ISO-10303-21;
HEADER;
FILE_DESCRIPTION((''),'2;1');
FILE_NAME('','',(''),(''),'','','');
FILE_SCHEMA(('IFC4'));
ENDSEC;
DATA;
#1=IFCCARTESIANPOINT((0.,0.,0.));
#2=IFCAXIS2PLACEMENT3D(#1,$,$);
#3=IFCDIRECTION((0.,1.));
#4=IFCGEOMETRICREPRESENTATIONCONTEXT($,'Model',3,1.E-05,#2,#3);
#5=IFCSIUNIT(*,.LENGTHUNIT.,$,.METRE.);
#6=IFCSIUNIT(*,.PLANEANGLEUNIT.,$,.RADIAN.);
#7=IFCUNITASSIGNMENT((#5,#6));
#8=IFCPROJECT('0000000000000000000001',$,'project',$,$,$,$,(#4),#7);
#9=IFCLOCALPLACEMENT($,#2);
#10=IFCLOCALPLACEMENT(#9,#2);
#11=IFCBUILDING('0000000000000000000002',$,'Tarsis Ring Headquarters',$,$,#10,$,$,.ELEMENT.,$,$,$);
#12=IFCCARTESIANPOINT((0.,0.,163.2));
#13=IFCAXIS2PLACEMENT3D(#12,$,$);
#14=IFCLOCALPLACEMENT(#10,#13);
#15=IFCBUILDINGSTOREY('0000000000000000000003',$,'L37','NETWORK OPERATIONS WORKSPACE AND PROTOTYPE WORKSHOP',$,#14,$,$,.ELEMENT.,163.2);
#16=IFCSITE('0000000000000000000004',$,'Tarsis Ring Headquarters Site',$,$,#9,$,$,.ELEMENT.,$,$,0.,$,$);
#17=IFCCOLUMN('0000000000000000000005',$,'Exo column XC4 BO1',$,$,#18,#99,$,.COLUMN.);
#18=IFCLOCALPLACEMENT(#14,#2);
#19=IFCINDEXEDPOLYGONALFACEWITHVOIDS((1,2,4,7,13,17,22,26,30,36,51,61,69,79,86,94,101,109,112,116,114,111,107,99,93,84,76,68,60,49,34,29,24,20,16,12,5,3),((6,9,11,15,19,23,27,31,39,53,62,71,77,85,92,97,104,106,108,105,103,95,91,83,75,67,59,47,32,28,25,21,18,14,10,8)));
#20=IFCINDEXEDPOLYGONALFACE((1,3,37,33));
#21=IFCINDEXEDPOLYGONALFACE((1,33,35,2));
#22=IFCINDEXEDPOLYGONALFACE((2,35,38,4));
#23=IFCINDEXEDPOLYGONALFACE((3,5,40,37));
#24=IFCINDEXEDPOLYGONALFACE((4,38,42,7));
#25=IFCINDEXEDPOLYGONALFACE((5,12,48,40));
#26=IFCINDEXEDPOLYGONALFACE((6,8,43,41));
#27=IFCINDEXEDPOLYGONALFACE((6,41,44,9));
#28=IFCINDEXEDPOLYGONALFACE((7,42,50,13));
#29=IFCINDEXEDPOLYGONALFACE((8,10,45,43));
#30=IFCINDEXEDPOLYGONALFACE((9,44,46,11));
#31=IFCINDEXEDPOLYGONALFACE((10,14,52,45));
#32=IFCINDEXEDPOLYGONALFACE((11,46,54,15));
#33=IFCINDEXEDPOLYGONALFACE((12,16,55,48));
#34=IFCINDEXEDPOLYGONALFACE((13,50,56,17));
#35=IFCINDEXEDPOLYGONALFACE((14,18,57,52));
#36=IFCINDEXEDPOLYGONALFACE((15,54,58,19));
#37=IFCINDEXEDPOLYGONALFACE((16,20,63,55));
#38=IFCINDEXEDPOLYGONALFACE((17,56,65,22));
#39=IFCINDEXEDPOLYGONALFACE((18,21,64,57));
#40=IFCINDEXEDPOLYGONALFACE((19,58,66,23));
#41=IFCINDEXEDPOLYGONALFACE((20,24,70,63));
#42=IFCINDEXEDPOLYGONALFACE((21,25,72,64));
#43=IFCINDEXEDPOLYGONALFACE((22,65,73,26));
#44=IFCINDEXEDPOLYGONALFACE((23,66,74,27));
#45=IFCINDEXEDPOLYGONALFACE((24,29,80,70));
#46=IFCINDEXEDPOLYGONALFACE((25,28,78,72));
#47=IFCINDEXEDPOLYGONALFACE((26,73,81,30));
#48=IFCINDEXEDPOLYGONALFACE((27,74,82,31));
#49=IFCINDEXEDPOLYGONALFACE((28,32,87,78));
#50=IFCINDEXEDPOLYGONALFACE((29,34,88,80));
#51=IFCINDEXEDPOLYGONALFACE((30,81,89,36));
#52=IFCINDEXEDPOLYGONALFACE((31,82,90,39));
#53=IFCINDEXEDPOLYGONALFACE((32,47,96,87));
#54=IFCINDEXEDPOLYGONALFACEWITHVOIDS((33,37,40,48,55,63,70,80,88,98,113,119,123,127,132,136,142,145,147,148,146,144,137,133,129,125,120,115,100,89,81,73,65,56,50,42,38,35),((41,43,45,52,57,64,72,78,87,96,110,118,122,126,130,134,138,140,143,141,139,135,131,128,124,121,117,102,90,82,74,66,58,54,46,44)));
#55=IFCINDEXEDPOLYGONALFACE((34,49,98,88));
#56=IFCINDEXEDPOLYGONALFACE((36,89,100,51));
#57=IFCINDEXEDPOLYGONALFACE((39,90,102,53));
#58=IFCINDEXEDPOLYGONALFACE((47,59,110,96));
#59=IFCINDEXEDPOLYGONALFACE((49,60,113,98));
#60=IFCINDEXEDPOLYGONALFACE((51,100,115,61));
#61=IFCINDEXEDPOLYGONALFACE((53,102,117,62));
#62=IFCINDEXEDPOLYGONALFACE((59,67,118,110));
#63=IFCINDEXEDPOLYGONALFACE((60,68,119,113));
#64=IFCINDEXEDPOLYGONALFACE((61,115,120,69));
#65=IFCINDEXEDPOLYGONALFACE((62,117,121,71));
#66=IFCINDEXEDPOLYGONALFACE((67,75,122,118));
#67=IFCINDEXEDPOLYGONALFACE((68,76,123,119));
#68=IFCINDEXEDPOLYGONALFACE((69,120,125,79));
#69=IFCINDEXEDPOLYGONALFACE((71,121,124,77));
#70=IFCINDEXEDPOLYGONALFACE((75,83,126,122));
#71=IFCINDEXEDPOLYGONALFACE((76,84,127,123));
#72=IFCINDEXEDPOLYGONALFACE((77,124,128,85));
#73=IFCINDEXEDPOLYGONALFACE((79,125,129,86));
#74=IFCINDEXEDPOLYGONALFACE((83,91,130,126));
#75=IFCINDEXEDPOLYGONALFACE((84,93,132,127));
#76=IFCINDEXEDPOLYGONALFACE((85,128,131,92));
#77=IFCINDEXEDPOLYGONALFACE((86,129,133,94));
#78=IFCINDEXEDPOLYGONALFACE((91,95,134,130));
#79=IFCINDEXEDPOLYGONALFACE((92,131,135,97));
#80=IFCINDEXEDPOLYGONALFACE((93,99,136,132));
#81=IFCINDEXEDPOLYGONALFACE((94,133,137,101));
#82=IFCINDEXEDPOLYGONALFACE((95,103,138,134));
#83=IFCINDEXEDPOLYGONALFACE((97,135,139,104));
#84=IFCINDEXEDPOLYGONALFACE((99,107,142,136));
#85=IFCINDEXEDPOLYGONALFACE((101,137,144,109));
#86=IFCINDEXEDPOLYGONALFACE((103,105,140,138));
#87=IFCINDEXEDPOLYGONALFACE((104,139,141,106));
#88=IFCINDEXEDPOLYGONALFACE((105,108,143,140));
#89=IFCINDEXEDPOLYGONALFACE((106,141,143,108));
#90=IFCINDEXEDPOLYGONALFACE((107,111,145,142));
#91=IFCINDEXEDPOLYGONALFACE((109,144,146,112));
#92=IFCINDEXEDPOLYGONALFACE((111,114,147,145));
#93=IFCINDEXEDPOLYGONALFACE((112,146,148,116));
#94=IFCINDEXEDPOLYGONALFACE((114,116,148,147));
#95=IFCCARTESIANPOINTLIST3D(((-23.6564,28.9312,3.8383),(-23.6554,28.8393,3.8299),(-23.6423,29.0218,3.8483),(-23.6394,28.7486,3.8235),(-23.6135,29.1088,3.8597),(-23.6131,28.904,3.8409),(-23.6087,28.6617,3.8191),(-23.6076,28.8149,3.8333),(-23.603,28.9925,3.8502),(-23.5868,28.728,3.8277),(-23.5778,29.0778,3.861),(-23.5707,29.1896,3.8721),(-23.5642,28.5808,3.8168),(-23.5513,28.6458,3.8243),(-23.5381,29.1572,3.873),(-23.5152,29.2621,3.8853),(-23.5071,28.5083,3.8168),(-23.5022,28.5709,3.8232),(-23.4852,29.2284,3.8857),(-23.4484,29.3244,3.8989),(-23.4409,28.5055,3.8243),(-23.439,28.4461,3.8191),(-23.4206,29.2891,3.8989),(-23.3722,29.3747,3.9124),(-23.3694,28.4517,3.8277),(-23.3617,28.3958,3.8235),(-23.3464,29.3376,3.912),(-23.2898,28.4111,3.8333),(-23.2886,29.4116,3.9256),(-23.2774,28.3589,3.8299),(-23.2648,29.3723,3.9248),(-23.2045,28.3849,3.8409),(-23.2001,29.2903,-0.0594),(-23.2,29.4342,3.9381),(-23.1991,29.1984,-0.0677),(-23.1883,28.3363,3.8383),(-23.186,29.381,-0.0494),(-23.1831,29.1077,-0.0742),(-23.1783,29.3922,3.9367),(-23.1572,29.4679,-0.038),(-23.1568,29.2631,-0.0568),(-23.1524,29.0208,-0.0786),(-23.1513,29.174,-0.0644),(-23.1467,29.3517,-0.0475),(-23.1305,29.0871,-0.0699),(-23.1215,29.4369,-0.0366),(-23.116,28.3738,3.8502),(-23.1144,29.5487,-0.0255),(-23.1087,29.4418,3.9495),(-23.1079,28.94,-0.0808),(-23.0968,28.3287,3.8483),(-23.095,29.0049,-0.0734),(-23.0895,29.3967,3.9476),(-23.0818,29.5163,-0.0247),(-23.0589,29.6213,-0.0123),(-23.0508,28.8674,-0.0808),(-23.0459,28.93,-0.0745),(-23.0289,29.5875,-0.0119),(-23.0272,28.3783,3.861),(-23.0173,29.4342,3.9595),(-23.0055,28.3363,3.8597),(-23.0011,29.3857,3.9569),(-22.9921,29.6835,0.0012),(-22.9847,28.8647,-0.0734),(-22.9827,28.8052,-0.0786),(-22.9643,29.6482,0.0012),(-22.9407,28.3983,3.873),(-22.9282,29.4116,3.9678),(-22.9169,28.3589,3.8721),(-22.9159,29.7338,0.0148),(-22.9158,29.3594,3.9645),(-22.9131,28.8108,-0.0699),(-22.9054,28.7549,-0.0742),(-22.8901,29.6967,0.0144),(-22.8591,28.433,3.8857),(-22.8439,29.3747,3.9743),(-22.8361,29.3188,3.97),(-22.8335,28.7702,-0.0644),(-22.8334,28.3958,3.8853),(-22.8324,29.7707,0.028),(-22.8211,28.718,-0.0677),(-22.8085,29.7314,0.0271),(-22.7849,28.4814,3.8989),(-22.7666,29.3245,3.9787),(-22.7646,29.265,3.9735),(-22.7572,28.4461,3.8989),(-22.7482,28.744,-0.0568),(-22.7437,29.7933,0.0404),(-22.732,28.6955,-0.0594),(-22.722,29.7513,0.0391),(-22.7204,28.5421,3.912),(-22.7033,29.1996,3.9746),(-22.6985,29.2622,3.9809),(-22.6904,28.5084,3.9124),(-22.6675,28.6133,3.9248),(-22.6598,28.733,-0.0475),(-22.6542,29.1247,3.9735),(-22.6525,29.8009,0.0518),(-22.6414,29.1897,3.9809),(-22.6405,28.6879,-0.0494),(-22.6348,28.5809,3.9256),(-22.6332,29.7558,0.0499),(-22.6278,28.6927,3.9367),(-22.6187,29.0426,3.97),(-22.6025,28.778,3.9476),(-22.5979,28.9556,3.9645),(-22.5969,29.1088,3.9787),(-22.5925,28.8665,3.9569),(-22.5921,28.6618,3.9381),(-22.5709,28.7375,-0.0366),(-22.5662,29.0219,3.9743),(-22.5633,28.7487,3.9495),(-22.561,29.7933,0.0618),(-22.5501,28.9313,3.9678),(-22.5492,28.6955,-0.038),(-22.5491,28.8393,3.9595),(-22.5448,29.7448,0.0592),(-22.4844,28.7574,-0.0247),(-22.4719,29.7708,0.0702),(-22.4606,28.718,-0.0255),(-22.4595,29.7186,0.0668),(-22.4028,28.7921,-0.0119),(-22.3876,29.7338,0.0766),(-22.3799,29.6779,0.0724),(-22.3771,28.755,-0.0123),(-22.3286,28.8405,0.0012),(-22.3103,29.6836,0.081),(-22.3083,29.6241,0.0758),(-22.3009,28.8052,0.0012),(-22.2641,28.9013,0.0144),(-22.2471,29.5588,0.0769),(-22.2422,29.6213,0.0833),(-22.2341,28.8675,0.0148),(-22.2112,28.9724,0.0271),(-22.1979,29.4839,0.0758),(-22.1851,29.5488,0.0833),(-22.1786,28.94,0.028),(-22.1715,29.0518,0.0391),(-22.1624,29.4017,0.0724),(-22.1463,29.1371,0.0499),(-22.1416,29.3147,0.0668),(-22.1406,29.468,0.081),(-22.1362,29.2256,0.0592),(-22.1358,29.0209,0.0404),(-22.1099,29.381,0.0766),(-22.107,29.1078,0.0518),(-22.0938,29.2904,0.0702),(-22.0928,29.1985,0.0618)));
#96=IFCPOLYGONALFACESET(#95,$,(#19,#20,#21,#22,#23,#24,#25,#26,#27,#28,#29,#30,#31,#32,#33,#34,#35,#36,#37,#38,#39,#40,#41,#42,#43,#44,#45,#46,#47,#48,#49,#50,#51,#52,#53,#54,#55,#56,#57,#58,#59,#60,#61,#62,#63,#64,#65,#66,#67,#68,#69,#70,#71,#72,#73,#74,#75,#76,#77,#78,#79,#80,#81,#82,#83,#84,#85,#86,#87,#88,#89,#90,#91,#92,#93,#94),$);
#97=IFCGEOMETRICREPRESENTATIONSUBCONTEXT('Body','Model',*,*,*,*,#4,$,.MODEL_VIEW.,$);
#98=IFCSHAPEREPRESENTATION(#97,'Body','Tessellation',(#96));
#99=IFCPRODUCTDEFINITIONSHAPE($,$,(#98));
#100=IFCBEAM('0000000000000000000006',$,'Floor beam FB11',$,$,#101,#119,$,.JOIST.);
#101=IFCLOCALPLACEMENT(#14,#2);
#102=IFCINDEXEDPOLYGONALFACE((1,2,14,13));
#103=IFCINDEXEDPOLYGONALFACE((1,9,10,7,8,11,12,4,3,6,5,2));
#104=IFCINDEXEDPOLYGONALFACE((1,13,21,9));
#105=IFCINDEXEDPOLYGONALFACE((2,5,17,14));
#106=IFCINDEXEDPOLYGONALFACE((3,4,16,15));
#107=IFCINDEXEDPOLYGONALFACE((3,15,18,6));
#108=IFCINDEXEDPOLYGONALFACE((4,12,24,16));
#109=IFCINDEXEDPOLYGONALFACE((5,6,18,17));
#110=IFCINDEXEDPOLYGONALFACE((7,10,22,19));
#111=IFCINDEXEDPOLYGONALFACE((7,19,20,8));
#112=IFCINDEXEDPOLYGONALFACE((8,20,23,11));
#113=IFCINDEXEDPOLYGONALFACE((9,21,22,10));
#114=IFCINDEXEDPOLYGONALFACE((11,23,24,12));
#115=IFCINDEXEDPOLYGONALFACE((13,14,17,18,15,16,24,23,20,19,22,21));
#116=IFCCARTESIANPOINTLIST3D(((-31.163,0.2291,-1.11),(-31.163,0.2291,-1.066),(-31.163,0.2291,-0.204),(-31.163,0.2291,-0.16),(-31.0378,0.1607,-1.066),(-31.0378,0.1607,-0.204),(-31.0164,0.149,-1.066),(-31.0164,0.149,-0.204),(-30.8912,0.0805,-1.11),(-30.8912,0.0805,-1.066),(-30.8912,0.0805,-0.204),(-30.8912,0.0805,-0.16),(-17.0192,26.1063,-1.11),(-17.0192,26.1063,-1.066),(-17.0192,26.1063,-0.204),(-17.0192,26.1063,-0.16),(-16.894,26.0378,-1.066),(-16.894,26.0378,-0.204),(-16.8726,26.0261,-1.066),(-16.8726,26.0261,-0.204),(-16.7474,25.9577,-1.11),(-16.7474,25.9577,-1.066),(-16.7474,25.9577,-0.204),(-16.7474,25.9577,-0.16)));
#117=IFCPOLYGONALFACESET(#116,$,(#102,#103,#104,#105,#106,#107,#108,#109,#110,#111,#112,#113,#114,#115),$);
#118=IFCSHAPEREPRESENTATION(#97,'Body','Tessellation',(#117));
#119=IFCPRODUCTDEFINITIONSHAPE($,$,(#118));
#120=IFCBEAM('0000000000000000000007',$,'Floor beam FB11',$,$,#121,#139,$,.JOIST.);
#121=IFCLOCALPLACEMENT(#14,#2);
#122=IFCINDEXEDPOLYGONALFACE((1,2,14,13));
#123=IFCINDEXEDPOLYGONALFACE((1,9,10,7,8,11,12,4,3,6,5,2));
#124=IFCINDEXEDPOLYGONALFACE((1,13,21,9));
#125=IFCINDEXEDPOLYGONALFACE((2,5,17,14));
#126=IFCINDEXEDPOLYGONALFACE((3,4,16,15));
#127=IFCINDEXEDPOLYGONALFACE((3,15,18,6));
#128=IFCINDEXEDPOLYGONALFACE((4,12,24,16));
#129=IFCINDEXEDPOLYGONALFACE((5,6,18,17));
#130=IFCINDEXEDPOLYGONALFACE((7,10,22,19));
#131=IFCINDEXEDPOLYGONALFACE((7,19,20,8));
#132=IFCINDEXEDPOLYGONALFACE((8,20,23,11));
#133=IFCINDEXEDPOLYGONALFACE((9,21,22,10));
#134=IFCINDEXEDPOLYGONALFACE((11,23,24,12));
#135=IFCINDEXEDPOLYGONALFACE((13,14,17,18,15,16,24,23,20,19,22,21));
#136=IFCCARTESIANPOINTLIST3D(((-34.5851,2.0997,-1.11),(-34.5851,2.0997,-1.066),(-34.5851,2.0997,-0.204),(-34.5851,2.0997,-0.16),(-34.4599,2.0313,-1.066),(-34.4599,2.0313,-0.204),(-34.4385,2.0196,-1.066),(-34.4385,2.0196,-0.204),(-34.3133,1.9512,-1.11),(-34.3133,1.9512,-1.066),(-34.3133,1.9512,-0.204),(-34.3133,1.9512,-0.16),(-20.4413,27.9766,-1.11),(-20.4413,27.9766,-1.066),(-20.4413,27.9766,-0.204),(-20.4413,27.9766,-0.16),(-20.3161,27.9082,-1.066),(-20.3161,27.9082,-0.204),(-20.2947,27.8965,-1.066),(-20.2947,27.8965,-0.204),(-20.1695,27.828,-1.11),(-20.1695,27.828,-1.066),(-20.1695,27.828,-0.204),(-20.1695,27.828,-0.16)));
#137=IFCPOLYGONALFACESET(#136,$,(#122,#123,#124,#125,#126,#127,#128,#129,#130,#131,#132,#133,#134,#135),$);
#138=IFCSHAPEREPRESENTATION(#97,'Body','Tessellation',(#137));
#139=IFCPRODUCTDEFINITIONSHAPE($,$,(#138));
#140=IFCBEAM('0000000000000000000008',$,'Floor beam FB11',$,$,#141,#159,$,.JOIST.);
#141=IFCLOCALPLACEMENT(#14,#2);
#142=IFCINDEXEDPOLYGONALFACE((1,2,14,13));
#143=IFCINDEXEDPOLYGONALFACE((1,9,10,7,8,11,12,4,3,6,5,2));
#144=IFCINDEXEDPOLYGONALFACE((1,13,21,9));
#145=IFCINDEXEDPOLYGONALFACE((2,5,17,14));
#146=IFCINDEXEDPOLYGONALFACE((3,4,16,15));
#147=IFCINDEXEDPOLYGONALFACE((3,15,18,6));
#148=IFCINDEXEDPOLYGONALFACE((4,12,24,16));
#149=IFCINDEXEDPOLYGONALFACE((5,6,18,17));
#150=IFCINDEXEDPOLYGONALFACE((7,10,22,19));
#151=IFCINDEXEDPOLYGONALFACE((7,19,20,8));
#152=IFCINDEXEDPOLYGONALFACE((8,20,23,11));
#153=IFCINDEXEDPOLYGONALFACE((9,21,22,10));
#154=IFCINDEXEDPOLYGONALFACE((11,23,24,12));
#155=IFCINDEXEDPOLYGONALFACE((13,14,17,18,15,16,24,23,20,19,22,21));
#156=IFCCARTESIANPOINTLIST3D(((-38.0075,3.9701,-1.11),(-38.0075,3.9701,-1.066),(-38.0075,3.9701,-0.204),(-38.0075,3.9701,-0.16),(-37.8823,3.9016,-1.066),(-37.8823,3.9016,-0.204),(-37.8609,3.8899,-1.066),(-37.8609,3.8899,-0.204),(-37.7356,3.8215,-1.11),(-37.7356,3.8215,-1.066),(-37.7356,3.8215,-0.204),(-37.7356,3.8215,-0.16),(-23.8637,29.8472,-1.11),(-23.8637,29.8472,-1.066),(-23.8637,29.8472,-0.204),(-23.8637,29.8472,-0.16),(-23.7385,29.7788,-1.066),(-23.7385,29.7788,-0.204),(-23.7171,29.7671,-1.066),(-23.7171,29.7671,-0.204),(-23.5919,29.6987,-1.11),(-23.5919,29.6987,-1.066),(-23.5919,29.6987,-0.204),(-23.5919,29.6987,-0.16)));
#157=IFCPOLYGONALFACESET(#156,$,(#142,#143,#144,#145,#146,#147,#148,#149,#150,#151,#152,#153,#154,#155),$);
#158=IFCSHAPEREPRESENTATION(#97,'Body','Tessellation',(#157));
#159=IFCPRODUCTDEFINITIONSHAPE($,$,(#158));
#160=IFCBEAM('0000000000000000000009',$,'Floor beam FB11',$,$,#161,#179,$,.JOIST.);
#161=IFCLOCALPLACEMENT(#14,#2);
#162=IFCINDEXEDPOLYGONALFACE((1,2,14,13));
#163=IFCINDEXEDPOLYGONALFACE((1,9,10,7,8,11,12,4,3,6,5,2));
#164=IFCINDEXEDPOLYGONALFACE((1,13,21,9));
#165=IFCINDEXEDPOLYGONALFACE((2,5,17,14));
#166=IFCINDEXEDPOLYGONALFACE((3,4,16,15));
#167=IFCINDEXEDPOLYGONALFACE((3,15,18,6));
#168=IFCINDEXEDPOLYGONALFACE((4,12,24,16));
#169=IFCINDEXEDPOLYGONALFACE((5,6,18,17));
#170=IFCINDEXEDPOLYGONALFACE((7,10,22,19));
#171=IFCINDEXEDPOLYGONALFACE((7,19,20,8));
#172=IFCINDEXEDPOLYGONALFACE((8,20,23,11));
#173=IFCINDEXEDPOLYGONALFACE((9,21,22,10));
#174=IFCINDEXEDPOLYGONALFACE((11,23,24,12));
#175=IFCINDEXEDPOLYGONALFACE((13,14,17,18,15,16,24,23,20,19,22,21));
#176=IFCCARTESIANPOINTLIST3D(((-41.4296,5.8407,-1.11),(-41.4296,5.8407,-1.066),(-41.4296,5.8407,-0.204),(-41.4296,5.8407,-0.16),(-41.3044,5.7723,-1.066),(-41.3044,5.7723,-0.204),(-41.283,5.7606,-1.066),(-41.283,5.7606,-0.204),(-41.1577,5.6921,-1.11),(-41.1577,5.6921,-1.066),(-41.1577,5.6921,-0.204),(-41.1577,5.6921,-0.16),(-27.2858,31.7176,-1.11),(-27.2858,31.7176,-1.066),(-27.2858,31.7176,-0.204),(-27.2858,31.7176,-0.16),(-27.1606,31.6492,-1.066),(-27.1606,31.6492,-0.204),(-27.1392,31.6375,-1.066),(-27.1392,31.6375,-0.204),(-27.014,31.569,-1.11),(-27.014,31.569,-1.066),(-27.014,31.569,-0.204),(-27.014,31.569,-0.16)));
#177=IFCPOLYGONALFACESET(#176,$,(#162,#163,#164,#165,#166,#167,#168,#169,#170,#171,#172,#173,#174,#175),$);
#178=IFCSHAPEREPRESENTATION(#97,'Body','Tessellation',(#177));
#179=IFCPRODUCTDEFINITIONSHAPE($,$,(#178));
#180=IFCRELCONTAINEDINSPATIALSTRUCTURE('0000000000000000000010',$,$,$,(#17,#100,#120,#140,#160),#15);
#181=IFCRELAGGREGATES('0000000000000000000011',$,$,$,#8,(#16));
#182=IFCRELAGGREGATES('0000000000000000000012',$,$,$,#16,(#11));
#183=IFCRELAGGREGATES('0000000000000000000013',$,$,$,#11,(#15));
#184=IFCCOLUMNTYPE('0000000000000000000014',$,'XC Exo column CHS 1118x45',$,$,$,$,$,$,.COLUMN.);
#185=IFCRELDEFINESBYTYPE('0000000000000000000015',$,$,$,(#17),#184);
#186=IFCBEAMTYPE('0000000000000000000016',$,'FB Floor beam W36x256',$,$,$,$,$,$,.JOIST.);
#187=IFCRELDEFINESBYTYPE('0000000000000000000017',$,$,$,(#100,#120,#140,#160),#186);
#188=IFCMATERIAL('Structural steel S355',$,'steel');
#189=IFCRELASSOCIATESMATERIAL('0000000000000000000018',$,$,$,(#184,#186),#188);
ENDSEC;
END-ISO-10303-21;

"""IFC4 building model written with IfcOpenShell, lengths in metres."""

from ifc_helpers import new_model, si_unit, direction, frame, origin, origin_2d, place, context, subcontext, project, spatial, hollow_circle, i_section, extrude, material, material_profile, profile_set, type_object, element, save


model = new_model("IFC4")

# Units and contexts
model_context = context("Model", 3, precision=1e-05, world=origin(), true_north=direction((0.0, 1.0)))
body_context = subcontext(model_context, "Body", "Model", "MODEL_VIEW")
ifc_project = project(units=[si_unit("LENGTHUNIT", "METRE"), si_unit("PLANEANGLEUNIT", "RADIAN")], contexts=[model_context])

# Site, building, storey
site_placement = place(None, origin())
site = spatial("IfcSite", under=ifc_project, at=site_placement, Name="Tarsis Ring Headquarters Site", CompositionType="ELEMENT", RefElevation=0.0)
building_placement = place(site_placement, origin())
building = spatial("IfcBuilding", under=site, at=building_placement, Name="Tarsis Ring Headquarters", CompositionType="ELEMENT")
storey_placement = place(building_placement, frame((0.0, 0.0, 163.2)))
storey = spatial("IfcBuildingStorey", under=building, at=storey_placement, Name="L37", Description="NETWORK OPERATIONS WORKSPACE AND PROTOTYPE WORKSHOP", CompositionType="ELEMENT", Elevation=163.2)

# Column
ifc_material_1 = material(Name="Structural steel S355", Category="steel")
ifc_material_profile_1 = material_profile(ifc_material_1, hollow_circle(Radius=0.5588, WallThickness=0.0449, at=origin_2d()), Name="CHS 1118x45")
ifc_profile_set_1 = profile_set([ifc_material_profile_1], Name="Structural steel S355")
column_type = type_object("IfcColumnType", Name="XC Exo column CHS 1118x45", PredefinedType="COLUMN", material=ifc_profile_set_1)
column_placement = place(storey_placement, frame((-22.6465, 29.2444, 0.0012), z_axis=(-0.115791, -0.091133, 0.989084), x_axis=(0.618471, -0.785807, 0.0)))
element("IfcColumn", 1, at=column_placement, inside=storey, type_object=column_type, Name="Exo column XC4 BO1", PredefinedType="COLUMN", context=body_context, shape_type="SweptSolid", body=[
    extrude(hollow_circle(Radius=0.5588, WallThickness=0.0449, at=origin_2d()), origin(), (0.0, 0.0, 1.0), 3.9407),
])

# Beams
ifc_material_profile_2 = material_profile(ifc_material_1, i_section(OverallWidth=0.3098, OverallDepth=0.95, WebThickness=0.0244, FlangeThickness=0.0439, at=origin_2d()), Name="W36x256")
ifc_profile_set_2 = profile_set([ifc_material_profile_2], Name="Structural steel S355")
beam_type_1 = type_object("IfcBeamType", Name="FB Floor beam W36x256", PredefinedType="JOIST", material=ifc_profile_set_2)
beam_1_placement = place(storey_placement, frame((-16.8833, 26.032, -0.635), z_axis=(-0.479609, -0.877482, 0.0), x_axis=(0.877482, -0.479609, 0.0)))
element("IfcBeam", 2, at=beam_1_placement, inside=storey, type_object=beam_type_1, Name="Floor beam FB11", PredefinedType="JOIST", context=body_context, shape_type="SweptSolid", body=[
    extrude(i_section(OverallWidth=0.3098, OverallDepth=0.95, WebThickness=0.0244, FlangeThickness=0.0439, at=origin_2d()), origin(), (0.0, 0.0, 1.0), 29.4902),
])
beam_2_placement = place(storey_placement, frame((-20.3054, 27.9023, -0.635), z_axis=(-0.479612, -0.87748, 0.0), x_axis=(0.87748, -0.479612, 0.0)))
element("IfcBeam", 3, at=beam_2_placement, inside=storey, type_object=beam_type_1, Name="Floor beam FB11", PredefinedType="JOIST", context=body_context, shape_type="SweptSolid", body=[
    extrude(i_section(OverallWidth=0.3098, OverallDepth=0.95, WebThickness=0.0244, FlangeThickness=0.0439, at=origin_2d()), origin(), (0.0, 0.0, 1.0), 29.49),
])
beam_3_placement = place(storey_placement, frame((-23.7278, 29.7729, -0.635), z_axis=(-0.479609, -0.877482, 0.0), x_axis=(0.877482, -0.479609, 0.0)))
element("IfcBeam", 4, at=beam_3_placement, inside=storey, type_object=beam_type_1, Name="Floor beam FB11", PredefinedType="JOIST", context=body_context, shape_type="SweptSolid", body=[
    extrude(i_section(OverallWidth=0.3098, OverallDepth=0.95, WebThickness=0.0244, FlangeThickness=0.0439, at=origin_2d()), origin(), (0.0, 0.0, 1.0), 29.4902),
])
beam_4_placement = place(storey_placement, frame((-27.1499, 31.6433, -0.635), z_axis=(-0.479612, -0.87748, 0.0), x_axis=(0.87748, -0.479612, 0.0)))
element("IfcBeam", 5, at=beam_4_placement, inside=storey, type_object=beam_type_1, Name="Floor beam FB11", PredefinedType="JOIST", context=body_context, shape_type="SweptSolid", body=[
    extrude(i_section(OverallWidth=0.3098, OverallDepth=0.95, WebThickness=0.0244, FlangeThickness=0.0439, at=origin_2d()), origin(), (0.0, 0.0, 1.0), 29.49),
])

save(model, "model.ifc")
